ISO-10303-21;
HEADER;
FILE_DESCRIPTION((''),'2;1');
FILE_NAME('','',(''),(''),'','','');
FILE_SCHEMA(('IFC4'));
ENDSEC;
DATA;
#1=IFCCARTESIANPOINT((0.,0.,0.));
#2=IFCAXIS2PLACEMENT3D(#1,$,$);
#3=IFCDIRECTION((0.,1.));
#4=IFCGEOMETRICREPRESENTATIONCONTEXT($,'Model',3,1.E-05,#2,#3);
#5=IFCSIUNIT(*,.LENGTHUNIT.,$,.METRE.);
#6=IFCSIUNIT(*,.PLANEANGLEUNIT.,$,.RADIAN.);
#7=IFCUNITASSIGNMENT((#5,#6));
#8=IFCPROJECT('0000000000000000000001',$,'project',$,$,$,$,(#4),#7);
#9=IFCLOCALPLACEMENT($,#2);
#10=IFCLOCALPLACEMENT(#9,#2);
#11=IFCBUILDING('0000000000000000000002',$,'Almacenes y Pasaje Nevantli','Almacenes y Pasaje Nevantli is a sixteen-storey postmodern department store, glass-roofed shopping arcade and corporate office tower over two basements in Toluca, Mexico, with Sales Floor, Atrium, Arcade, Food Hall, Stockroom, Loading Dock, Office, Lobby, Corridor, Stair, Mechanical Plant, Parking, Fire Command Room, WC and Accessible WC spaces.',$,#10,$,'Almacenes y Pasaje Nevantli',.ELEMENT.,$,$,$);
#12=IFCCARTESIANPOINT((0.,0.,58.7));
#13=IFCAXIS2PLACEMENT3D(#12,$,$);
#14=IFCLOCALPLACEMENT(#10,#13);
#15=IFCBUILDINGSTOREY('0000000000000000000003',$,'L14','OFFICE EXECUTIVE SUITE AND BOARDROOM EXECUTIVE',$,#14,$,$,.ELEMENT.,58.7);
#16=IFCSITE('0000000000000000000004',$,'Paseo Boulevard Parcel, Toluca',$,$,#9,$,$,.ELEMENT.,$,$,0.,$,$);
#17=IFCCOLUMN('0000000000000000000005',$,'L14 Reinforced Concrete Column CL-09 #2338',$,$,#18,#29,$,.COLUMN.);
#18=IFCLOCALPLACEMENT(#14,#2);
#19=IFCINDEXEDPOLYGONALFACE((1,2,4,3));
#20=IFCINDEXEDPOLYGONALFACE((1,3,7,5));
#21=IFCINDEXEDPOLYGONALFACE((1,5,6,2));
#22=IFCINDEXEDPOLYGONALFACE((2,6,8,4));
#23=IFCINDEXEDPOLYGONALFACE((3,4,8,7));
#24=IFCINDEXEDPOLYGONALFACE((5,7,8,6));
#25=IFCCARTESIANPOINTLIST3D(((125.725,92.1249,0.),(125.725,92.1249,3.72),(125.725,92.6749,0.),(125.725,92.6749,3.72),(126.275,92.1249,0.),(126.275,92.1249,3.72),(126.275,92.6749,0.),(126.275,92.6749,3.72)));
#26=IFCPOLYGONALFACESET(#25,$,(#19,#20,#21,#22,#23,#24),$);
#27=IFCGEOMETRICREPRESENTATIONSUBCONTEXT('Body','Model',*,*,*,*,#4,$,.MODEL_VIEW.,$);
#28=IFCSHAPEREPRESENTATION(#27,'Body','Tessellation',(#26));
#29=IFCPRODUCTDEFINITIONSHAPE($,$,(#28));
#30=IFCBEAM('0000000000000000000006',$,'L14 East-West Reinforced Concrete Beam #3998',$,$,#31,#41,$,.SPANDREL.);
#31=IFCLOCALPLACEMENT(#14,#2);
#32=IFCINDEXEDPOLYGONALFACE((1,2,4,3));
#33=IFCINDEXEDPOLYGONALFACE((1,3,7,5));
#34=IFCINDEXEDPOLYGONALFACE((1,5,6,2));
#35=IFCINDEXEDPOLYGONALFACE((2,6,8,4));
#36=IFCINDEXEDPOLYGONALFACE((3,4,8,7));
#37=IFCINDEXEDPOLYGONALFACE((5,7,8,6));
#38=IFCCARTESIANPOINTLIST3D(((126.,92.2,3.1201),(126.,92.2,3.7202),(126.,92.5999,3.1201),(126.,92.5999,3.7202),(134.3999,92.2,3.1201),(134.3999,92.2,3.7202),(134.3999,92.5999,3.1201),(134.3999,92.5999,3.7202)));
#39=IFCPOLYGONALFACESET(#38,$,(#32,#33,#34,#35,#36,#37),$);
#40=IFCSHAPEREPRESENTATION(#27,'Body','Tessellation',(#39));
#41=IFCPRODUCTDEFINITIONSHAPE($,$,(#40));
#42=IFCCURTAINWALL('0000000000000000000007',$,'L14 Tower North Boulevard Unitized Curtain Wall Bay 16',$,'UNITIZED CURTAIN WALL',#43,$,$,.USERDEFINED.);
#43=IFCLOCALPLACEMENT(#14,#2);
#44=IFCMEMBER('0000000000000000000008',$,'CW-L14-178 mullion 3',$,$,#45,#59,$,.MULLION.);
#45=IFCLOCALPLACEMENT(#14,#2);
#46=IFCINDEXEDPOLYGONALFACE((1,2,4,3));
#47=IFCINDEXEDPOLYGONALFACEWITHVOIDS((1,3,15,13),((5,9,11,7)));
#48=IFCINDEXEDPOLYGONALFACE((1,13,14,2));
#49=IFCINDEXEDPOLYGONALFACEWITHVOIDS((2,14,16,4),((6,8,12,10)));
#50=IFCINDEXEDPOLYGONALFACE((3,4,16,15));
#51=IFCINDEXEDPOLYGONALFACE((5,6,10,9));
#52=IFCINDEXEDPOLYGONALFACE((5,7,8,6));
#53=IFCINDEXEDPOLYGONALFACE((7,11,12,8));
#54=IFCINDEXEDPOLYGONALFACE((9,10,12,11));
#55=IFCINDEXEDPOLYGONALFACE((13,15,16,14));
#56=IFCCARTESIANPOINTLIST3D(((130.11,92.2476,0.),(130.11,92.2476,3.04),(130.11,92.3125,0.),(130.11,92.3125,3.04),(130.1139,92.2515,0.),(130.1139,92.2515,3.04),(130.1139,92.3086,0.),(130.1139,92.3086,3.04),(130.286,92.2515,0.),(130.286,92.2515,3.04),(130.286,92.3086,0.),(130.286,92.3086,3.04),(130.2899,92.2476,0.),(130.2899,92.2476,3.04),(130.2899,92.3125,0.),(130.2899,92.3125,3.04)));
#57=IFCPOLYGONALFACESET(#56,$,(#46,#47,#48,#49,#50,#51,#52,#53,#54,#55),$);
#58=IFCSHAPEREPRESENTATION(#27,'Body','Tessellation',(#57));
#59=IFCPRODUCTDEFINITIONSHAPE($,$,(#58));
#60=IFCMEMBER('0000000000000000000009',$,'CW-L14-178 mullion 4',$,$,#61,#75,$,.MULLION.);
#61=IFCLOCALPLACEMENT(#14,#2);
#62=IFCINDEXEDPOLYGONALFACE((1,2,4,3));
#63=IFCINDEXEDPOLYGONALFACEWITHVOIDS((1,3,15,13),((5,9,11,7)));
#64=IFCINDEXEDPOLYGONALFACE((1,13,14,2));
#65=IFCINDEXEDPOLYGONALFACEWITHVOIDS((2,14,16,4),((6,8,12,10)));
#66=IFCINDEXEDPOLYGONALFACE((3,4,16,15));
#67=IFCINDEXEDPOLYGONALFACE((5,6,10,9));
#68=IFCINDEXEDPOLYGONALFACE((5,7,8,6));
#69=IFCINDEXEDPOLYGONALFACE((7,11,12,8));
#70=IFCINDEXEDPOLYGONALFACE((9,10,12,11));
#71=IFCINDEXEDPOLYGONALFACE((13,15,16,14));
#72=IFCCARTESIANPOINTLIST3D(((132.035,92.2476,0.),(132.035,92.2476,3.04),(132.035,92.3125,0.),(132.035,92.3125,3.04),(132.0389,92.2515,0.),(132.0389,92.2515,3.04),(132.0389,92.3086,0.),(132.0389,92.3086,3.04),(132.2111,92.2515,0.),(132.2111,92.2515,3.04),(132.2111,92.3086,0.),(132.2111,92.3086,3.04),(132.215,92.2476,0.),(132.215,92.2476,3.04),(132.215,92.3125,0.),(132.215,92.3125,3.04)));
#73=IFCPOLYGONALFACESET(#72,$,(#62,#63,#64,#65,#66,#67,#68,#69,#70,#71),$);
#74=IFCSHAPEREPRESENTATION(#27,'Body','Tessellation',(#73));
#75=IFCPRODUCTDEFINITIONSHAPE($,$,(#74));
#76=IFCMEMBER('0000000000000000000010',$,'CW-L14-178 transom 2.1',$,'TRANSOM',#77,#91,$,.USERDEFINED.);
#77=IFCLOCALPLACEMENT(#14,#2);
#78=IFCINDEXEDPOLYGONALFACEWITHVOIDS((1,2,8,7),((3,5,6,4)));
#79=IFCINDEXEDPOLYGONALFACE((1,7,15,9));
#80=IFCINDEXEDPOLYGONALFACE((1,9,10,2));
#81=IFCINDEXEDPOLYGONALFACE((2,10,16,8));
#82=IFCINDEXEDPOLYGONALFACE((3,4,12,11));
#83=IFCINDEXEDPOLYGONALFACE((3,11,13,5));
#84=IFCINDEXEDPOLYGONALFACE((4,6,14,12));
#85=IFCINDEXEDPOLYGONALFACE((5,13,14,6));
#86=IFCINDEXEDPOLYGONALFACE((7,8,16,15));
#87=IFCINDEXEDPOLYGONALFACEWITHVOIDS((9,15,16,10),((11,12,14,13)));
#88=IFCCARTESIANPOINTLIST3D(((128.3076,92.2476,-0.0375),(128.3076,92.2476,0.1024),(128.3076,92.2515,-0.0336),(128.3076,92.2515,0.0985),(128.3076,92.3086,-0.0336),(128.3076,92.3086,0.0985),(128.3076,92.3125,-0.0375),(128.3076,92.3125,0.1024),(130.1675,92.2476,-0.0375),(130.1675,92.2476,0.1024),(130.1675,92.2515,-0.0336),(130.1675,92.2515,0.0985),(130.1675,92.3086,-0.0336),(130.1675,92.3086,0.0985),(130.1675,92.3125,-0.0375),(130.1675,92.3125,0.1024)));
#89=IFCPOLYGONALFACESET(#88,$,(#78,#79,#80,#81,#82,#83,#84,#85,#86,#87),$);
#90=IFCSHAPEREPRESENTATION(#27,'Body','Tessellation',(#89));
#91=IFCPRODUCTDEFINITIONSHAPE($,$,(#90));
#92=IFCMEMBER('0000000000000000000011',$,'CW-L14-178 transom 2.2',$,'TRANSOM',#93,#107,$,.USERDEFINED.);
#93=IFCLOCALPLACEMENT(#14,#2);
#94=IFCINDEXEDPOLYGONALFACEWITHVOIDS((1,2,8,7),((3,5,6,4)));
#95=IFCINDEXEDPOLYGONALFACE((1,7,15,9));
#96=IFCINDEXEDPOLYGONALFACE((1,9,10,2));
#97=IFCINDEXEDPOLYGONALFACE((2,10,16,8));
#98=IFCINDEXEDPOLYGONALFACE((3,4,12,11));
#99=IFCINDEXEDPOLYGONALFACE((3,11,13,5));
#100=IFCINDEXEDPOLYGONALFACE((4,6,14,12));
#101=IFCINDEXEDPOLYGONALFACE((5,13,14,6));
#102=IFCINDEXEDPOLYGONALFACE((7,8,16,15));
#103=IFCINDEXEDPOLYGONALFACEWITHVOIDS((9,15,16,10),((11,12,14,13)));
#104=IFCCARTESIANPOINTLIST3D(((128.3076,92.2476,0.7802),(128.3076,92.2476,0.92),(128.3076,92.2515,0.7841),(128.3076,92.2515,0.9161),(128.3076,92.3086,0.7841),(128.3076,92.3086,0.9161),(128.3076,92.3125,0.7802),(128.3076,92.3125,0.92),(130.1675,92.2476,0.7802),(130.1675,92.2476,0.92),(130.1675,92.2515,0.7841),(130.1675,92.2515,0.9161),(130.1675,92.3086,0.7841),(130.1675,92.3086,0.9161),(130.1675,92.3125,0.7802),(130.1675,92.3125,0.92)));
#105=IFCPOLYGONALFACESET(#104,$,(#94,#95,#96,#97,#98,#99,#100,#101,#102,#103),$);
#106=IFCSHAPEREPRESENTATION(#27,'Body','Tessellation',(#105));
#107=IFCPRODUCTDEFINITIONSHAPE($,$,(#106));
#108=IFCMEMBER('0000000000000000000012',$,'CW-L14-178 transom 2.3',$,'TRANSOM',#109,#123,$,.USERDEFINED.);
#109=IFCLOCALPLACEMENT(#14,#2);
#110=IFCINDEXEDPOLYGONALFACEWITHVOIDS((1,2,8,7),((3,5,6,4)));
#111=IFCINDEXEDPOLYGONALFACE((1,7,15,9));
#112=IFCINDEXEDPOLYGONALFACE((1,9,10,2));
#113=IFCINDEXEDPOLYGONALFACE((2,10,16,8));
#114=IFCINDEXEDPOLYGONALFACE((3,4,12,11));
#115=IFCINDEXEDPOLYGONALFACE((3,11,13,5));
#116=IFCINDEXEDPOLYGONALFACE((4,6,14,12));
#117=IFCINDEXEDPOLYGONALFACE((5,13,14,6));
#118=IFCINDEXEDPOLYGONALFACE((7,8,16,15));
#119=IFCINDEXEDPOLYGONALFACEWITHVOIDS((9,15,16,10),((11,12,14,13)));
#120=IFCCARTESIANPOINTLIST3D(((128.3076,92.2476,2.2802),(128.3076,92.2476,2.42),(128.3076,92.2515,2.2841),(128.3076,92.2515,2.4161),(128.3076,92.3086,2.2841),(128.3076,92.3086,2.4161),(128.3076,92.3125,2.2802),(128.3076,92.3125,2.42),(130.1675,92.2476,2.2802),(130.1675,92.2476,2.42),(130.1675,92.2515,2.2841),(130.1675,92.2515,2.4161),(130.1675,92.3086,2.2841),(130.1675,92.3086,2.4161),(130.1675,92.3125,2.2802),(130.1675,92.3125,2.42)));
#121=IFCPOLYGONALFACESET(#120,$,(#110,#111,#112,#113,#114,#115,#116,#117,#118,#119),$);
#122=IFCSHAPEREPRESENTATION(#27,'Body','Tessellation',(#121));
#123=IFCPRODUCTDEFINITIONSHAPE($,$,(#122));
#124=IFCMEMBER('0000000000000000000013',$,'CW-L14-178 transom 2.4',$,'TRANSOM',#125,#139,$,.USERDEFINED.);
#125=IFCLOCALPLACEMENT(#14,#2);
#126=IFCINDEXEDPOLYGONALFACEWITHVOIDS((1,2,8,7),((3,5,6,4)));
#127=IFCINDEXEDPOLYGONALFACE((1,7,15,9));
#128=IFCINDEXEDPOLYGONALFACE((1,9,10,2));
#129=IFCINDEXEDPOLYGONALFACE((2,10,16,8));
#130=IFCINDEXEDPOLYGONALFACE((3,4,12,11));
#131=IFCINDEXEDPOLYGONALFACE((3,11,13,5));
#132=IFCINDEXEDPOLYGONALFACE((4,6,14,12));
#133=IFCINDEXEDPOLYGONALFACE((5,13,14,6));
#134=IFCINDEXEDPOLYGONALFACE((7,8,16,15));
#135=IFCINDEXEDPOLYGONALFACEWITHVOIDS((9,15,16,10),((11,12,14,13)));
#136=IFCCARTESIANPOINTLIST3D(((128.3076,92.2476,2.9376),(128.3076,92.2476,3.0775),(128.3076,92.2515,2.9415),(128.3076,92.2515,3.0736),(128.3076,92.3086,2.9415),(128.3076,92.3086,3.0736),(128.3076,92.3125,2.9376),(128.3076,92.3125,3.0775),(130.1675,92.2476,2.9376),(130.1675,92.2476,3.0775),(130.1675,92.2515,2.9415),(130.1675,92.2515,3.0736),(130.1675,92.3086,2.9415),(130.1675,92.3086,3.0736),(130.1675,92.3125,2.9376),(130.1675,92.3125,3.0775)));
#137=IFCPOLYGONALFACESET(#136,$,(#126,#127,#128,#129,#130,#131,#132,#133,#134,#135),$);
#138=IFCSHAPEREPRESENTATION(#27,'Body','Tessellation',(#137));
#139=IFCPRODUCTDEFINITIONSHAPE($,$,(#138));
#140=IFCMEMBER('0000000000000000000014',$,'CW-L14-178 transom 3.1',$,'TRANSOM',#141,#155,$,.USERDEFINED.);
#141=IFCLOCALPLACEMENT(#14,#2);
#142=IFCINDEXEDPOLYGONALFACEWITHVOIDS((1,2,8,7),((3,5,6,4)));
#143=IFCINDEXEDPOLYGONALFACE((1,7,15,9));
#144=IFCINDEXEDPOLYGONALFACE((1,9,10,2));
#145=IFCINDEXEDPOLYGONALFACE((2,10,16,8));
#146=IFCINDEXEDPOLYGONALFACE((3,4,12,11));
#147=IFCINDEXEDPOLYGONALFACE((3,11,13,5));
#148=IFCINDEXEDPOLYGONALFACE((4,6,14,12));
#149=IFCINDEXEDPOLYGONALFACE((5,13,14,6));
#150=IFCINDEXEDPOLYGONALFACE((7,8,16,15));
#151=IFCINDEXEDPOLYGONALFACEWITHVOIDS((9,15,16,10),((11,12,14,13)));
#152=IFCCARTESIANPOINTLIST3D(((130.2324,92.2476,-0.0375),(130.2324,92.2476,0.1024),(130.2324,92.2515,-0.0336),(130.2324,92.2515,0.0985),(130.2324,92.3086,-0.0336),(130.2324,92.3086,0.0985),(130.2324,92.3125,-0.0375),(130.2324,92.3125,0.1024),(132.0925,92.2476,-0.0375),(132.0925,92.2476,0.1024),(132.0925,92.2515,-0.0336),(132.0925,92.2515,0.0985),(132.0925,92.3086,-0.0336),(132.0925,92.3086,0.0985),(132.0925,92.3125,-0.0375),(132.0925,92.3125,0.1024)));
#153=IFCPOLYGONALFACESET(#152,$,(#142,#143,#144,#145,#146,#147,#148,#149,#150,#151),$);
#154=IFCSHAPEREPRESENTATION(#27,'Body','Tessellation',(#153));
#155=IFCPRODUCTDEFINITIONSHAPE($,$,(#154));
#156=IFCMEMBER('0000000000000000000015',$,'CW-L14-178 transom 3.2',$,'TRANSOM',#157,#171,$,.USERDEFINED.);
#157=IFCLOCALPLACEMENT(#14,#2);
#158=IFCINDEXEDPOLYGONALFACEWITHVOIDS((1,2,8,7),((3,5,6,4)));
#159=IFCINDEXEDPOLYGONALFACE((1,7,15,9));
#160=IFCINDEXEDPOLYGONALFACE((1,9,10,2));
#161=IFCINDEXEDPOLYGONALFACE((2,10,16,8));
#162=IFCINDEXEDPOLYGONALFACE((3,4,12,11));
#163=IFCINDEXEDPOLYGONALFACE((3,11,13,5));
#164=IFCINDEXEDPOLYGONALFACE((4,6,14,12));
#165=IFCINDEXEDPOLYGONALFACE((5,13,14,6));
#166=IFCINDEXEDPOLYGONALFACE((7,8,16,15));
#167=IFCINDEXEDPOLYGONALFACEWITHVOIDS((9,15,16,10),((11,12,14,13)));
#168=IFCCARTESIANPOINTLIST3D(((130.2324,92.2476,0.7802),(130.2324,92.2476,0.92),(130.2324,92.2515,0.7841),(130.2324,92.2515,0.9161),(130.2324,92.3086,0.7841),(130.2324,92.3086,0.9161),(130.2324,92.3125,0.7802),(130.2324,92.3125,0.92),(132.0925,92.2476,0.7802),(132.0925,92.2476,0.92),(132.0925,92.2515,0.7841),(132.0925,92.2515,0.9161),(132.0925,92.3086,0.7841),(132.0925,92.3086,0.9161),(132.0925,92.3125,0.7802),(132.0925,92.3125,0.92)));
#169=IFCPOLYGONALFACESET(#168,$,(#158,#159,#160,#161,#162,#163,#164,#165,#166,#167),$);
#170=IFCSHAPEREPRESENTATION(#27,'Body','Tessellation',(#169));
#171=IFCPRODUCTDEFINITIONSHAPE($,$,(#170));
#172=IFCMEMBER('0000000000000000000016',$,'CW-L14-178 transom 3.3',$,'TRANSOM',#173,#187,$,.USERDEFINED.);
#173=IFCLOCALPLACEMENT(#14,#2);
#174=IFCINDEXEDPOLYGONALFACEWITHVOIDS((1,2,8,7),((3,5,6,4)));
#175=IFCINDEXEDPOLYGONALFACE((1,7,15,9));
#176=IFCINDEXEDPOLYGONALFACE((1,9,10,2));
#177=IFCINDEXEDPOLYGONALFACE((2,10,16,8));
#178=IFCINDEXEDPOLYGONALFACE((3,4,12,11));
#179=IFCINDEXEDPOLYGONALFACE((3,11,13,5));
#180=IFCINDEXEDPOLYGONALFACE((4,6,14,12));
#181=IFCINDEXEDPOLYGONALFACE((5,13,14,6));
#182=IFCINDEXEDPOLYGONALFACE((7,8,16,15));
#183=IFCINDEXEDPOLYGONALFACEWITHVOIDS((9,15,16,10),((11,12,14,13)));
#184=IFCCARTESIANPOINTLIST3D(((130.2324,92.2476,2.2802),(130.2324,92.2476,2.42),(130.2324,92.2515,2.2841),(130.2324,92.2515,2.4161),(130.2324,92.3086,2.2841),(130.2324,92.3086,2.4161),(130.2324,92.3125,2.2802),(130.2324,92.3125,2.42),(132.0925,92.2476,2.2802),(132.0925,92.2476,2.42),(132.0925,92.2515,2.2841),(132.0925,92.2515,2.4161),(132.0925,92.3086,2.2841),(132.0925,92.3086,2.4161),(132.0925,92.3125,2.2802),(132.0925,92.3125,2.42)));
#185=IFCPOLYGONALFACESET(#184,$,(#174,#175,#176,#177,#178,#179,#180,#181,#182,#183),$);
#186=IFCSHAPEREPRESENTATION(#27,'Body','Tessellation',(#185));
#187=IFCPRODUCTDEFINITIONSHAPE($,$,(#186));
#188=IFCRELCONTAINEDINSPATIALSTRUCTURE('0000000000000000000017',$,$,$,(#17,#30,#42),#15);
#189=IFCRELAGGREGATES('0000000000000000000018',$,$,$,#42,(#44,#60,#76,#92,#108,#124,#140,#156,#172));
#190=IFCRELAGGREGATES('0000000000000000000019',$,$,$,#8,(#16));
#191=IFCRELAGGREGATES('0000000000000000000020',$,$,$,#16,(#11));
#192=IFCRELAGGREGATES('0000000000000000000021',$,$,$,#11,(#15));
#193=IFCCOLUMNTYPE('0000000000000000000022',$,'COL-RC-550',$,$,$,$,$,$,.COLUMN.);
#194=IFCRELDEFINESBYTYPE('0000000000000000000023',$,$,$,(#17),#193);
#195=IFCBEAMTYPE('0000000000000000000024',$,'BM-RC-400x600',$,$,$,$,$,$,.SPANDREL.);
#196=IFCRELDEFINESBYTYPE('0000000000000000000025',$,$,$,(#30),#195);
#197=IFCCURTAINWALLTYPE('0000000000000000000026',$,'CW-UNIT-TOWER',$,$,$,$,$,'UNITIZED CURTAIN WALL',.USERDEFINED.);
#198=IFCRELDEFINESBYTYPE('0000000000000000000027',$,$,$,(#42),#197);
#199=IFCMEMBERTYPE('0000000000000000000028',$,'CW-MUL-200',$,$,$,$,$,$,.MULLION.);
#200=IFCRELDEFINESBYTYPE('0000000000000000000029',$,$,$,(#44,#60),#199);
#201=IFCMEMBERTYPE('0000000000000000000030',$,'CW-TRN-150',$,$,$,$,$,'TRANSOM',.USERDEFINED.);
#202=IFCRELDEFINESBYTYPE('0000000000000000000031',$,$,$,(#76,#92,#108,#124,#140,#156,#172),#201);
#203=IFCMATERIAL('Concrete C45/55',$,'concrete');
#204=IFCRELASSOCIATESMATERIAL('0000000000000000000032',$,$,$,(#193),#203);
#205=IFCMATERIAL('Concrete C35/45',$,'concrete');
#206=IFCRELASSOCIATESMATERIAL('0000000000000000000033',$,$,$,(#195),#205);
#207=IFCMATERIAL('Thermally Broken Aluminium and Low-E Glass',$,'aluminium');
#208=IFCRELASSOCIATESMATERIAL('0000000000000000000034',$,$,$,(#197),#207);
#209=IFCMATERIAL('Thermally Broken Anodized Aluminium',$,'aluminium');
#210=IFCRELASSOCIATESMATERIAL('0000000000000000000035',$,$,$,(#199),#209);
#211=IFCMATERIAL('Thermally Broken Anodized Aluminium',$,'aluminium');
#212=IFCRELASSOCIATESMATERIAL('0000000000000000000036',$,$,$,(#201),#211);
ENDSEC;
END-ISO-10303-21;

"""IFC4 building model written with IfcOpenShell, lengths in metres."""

from ifc_helpers import new_model, si_unit, direction, frame, origin, origin_2d, place, context, subcontext, project, spatial, rectangle, hollow_rectangle, extrude, material, material_profile, profile_set, type_object, element, aggregate, save


model = new_model("IFC4")

# Units and contexts
model_context = context("Model", 3, precision=1e-05, world=origin(), true_north=direction((0.0, 1.0)))
body_context = subcontext(model_context, "Body", "Model", "MODEL_VIEW")
ifc_project = project(units=[si_unit("LENGTHUNIT", "METRE"), si_unit("PLANEANGLEUNIT", "RADIAN")], contexts=[model_context])

# Site, building, storey
site_placement = place(None, origin())
site = spatial("IfcSite", under=ifc_project, at=site_placement, Name="Paseo Boulevard Parcel, Toluca", CompositionType="ELEMENT", RefElevation=0.0)
building_placement = place(site_placement, origin())
building = spatial("IfcBuilding", under=site, at=building_placement, Name="Almacenes y Pasaje Nevantli", Description="Almacenes y Pasaje Nevantli is a sixteen-storey postmodern department store, glass-roofed shopping arcade and corporate office tower over two basements in Toluca, Mexico, with Sales Floor, Atrium, Arcade, Food Hall, Stockroom, Loading Dock, Office, Lobby, Corridor, Stair, Mechanical Plant, Parking, Fire Command Room, WC and Accessible WC spaces.", LongName="Almacenes y Pasaje Nevantli", CompositionType="ELEMENT")
storey_placement = place(building_placement, frame((0.0, 0.0, 58.7)))
storey = spatial("IfcBuildingStorey", under=building, at=storey_placement, Name="L14", Description="OFFICE EXECUTIVE SUITE AND BOARDROOM EXECUTIVE", CompositionType="ELEMENT", Elevation=58.7)

# Column
ifc_material_1 = material(Name="Concrete C45/55", Category="concrete")
ifc_material_profile_1 = material_profile(ifc_material_1, rectangle(XDim=0.55, YDim=0.55, at=origin_2d()), Name="RC-COL-550x550")
ifc_profile_set_1 = profile_set([ifc_material_profile_1], Name="Concrete C45/55")
column_type = type_object("IfcColumnType", Name="COL-RC-550", PredefinedType="COLUMN", material=ifc_profile_set_1)
column_placement = place(storey_placement, frame((126.0, 92.3999, 0.0), z_axis=(0.0, 0.0, 1.0), x_axis=(1.0, 0.0, 0.0)))
element("IfcColumn", 1, at=column_placement, inside=storey, type_object=column_type, Name="L14 Reinforced Concrete Column CL-09 #2338", PredefinedType="COLUMN", context=body_context, shape_type="SweptSolid", body=[
    extrude(rectangle(XDim=0.55, YDim=0.55, at=origin_2d()), origin(), (0.0, 0.0, 1.0), 3.72),
])

# Beam
ifc_material_2 = material(Name="Concrete C35/45", Category="concrete")
ifc_material_profile_2 = material_profile(ifc_material_2, rectangle(XDim=0.3999, YDim=0.6001, at=origin_2d()), Name="RC-BM-400x600")
ifc_profile_set_2 = profile_set([ifc_material_profile_2], Name="Concrete C35/45")
beam_type = type_object("IfcBeamType", Name="BM-RC-400x600", PredefinedType="SPANDREL", material=ifc_profile_set_2)
beam_placement = place(storey_placement, frame((126.0, 92.3999, 3.4202), z_axis=(1.0, 0.0, 0.0), x_axis=(0.0, 1.0, 0.0)))
element("IfcBeam", 2, at=beam_placement, inside=storey, type_object=beam_type, Name="L14 East-West Reinforced Concrete Beam #3998", PredefinedType="SPANDREL", context=body_context, shape_type="SweptSolid", body=[
    extrude(rectangle(XDim=0.3999, YDim=0.6001, at=origin_2d()), origin(), (0.0, 0.0, 1.0), 8.3999),
])

# Curtain wall, members
ifc_material_3 = material(Name="Thermally Broken Aluminium and Low-E Glass", Category="aluminium")
curtain_wall_type = type_object("IfcCurtainWallType", Name="CW-UNIT-TOWER", ElementType="UNITIZED CURTAIN WALL", PredefinedType="USERDEFINED", material=ifc_material_3)
curtain_wall_placement = place(storey_placement, origin())
curtain_wall = element("IfcCurtainWall", 3, at=curtain_wall_placement, inside=storey, type_object=curtain_wall_type, Name="L14 Tower North Boulevard Unitized Curtain Wall Bay 16", ObjectType="UNITIZED CURTAIN WALL", PredefinedType="USERDEFINED")
ifc_material_4 = material(Name="Thermally Broken Anodized Aluminium", Category="aluminium")
ifc_material_profile_3 = material_profile(ifc_material_4, hollow_rectangle(XDim=0.0649, YDim=0.1799, WallThickness=0.0039, at=origin_2d()), Name="ALU-MUL-65x180")
ifc_profile_set_3 = profile_set([ifc_material_profile_3], Name="Thermally Broken Anodized Aluminium")
member_type_1 = type_object("IfcMemberType", Name="CW-MUL-200", PredefinedType="MULLION", material=ifc_profile_set_3)
member_1_placement = place(storey_placement, frame((130.2, 92.28, 0.0), z_axis=(0.0, 0.0, 1.0), x_axis=(0.0, 1.0, 0.0)))
member_1 = element("IfcMember", 4, at=member_1_placement, type_object=member_type_1, Name="CW-L14-178 mullion 3", PredefinedType="MULLION", context=body_context, shape_type="SweptSolid", body=[
    extrude(hollow_rectangle(XDim=0.0649, YDim=0.1799, WallThickness=0.0039, at=origin_2d()), origin(), (0.0, 0.0, 1.0), 3.04),
])
member_2_placement = place(storey_placement, frame((132.125, 92.28, 0.0), z_axis=(0.0, 0.0, 1.0), x_axis=(0.0, 1.0, 0.0)))
member_2 = element("IfcMember", 5, at=member_2_placement, type_object=member_type_1, Name="CW-L14-178 mullion 4", PredefinedType="MULLION", context=body_context, shape_type="SweptSolid", body=[
    extrude(hollow_rectangle(XDim=0.0649, YDim=0.1799, WallThickness=0.0039, at=origin_2d()), origin(), (0.0, 0.0, 1.0), 3.04),
])
ifc_material_5 = material(Name="Thermally Broken Anodized Aluminium", Category="aluminium")
ifc_material_profile_4 = material_profile(ifc_material_5, hollow_rectangle(XDim=0.0649, YDim=0.1399, WallThickness=0.0039, at=origin_2d()), Name="ALU-TRN-65x140")
ifc_profile_set_4 = profile_set([ifc_material_profile_4], Name="Thermally Broken Anodized Aluminium")
member_type_2 = type_object("IfcMemberType", Name="CW-TRN-150", ElementType="TRANSOM", PredefinedType="USERDEFINED", material=ifc_profile_set_4)
member_3_placement = place(storey_placement, frame((128.3076, 92.28, 0.0325), z_axis=(1.0, 0.0, 0.0), x_axis=(0.0, 1.0, 0.0)))
member_3 = element("IfcMember", 6, at=member_3_placement, type_object=member_type_2, Name="CW-L14-178 transom 2.1", ObjectType="TRANSOM", PredefinedType="USERDEFINED", context=body_context, shape_type="SweptSolid", body=[
    extrude(hollow_rectangle(XDim=0.0649, YDim=0.1399, WallThickness=0.0039, at=origin_2d()), origin(), (0.0, 0.0, 1.0), 1.8599),
])
member_4_placement = place(storey_placement, frame((128.3076, 92.28, 0.8501), z_axis=(1.0, 0.0, 0.0), x_axis=(0.0, 1.0, 0.0)))
member_4 = element("IfcMember", 7, at=member_4_placement, type_object=member_type_2, Name="CW-L14-178 transom 2.2", ObjectType="TRANSOM", PredefinedType="USERDEFINED", context=body_context, shape_type="SweptSolid", body=[
    extrude(hollow_rectangle(XDim=0.0649, YDim=0.1399, WallThickness=0.0039, at=origin_2d()), origin(), (0.0, 0.0, 1.0), 1.8599),
])
member_5_placement = place(storey_placement, frame((128.3076, 92.28, 2.3501), z_axis=(1.0, 0.0, 0.0), x_axis=(0.0, 1.0, 0.0)))
member_5 = element("IfcMember", 8, at=member_5_placement, type_object=member_type_2, Name="CW-L14-178 transom 2.3", ObjectType="TRANSOM", PredefinedType="USERDEFINED", context=body_context, shape_type="SweptSolid", body=[
    extrude(hollow_rectangle(XDim=0.0649, YDim=0.1399, WallThickness=0.0039, at=origin_2d()), origin(), (0.0, 0.0, 1.0), 1.8599),
])
member_6_placement = place(storey_placement, frame((128.3076, 92.28, 3.0076), z_axis=(1.0, 0.0, 0.0), x_axis=(0.0, 1.0, 0.0)))
member_6 = element("IfcMember", 9, at=member_6_placement, type_object=member_type_2, Name="CW-L14-178 transom 2.4", ObjectType="TRANSOM", PredefinedType="USERDEFINED", context=body_context, shape_type="SweptSolid", body=[
    extrude(hollow_rectangle(XDim=0.0649, YDim=0.1399, WallThickness=0.0039, at=origin_2d()), origin(), (0.0, 0.0, 1.0), 1.8599),
])
member_7_placement = place(storey_placement, frame((130.2324, 92.28, 0.0325), z_axis=(1.0, 0.0, 0.0), x_axis=(0.0, 1.0, 0.0)))
member_7 = element("IfcMember", 10, at=member_7_placement, type_object=member_type_2, Name="CW-L14-178 transom 3.1", ObjectType="TRANSOM", PredefinedType="USERDEFINED", context=body_context, shape_type="SweptSolid", body=[
    extrude(hollow_rectangle(XDim=0.0649, YDim=0.1399, WallThickness=0.0039, at=origin_2d()), origin(), (0.0, 0.0, 1.0), 1.8601),
])
member_8_placement = place(storey_placement, frame((130.2324, 92.28, 0.8501), z_axis=(1.0, 0.0, 0.0), x_axis=(0.0, 1.0, 0.0)))
member_8 = element("IfcMember", 11, at=member_8_placement, type_object=member_type_2, Name="CW-L14-178 transom 3.2", ObjectType="TRANSOM", PredefinedType="USERDEFINED", context=body_context, shape_type="SweptSolid", body=[
    extrude(hollow_rectangle(XDim=0.0649, YDim=0.1399, WallThickness=0.0039, at=origin_2d()), origin(), (0.0, 0.0, 1.0), 1.8601),
])
member_9_placement = place(storey_placement, frame((130.2324, 92.28, 2.3501), z_axis=(1.0, 0.0, 0.0), x_axis=(0.0, 1.0, 0.0)))
member_9 = element("IfcMember", 12, at=member_9_placement, type_object=member_type_2, Name="CW-L14-178 transom 3.3", ObjectType="TRANSOM", PredefinedType="USERDEFINED", context=body_context, shape_type="SweptSolid", body=[
    extrude(hollow_rectangle(XDim=0.0649, YDim=0.1399, WallThickness=0.0039, at=origin_2d()), origin(), (0.0, 0.0, 1.0), 1.8601),
])
aggregate(curtain_wall, [member_1, member_2, member_3, member_4, member_5, member_6, member_7, member_8, member_9])

save(model, "model.ifc")
